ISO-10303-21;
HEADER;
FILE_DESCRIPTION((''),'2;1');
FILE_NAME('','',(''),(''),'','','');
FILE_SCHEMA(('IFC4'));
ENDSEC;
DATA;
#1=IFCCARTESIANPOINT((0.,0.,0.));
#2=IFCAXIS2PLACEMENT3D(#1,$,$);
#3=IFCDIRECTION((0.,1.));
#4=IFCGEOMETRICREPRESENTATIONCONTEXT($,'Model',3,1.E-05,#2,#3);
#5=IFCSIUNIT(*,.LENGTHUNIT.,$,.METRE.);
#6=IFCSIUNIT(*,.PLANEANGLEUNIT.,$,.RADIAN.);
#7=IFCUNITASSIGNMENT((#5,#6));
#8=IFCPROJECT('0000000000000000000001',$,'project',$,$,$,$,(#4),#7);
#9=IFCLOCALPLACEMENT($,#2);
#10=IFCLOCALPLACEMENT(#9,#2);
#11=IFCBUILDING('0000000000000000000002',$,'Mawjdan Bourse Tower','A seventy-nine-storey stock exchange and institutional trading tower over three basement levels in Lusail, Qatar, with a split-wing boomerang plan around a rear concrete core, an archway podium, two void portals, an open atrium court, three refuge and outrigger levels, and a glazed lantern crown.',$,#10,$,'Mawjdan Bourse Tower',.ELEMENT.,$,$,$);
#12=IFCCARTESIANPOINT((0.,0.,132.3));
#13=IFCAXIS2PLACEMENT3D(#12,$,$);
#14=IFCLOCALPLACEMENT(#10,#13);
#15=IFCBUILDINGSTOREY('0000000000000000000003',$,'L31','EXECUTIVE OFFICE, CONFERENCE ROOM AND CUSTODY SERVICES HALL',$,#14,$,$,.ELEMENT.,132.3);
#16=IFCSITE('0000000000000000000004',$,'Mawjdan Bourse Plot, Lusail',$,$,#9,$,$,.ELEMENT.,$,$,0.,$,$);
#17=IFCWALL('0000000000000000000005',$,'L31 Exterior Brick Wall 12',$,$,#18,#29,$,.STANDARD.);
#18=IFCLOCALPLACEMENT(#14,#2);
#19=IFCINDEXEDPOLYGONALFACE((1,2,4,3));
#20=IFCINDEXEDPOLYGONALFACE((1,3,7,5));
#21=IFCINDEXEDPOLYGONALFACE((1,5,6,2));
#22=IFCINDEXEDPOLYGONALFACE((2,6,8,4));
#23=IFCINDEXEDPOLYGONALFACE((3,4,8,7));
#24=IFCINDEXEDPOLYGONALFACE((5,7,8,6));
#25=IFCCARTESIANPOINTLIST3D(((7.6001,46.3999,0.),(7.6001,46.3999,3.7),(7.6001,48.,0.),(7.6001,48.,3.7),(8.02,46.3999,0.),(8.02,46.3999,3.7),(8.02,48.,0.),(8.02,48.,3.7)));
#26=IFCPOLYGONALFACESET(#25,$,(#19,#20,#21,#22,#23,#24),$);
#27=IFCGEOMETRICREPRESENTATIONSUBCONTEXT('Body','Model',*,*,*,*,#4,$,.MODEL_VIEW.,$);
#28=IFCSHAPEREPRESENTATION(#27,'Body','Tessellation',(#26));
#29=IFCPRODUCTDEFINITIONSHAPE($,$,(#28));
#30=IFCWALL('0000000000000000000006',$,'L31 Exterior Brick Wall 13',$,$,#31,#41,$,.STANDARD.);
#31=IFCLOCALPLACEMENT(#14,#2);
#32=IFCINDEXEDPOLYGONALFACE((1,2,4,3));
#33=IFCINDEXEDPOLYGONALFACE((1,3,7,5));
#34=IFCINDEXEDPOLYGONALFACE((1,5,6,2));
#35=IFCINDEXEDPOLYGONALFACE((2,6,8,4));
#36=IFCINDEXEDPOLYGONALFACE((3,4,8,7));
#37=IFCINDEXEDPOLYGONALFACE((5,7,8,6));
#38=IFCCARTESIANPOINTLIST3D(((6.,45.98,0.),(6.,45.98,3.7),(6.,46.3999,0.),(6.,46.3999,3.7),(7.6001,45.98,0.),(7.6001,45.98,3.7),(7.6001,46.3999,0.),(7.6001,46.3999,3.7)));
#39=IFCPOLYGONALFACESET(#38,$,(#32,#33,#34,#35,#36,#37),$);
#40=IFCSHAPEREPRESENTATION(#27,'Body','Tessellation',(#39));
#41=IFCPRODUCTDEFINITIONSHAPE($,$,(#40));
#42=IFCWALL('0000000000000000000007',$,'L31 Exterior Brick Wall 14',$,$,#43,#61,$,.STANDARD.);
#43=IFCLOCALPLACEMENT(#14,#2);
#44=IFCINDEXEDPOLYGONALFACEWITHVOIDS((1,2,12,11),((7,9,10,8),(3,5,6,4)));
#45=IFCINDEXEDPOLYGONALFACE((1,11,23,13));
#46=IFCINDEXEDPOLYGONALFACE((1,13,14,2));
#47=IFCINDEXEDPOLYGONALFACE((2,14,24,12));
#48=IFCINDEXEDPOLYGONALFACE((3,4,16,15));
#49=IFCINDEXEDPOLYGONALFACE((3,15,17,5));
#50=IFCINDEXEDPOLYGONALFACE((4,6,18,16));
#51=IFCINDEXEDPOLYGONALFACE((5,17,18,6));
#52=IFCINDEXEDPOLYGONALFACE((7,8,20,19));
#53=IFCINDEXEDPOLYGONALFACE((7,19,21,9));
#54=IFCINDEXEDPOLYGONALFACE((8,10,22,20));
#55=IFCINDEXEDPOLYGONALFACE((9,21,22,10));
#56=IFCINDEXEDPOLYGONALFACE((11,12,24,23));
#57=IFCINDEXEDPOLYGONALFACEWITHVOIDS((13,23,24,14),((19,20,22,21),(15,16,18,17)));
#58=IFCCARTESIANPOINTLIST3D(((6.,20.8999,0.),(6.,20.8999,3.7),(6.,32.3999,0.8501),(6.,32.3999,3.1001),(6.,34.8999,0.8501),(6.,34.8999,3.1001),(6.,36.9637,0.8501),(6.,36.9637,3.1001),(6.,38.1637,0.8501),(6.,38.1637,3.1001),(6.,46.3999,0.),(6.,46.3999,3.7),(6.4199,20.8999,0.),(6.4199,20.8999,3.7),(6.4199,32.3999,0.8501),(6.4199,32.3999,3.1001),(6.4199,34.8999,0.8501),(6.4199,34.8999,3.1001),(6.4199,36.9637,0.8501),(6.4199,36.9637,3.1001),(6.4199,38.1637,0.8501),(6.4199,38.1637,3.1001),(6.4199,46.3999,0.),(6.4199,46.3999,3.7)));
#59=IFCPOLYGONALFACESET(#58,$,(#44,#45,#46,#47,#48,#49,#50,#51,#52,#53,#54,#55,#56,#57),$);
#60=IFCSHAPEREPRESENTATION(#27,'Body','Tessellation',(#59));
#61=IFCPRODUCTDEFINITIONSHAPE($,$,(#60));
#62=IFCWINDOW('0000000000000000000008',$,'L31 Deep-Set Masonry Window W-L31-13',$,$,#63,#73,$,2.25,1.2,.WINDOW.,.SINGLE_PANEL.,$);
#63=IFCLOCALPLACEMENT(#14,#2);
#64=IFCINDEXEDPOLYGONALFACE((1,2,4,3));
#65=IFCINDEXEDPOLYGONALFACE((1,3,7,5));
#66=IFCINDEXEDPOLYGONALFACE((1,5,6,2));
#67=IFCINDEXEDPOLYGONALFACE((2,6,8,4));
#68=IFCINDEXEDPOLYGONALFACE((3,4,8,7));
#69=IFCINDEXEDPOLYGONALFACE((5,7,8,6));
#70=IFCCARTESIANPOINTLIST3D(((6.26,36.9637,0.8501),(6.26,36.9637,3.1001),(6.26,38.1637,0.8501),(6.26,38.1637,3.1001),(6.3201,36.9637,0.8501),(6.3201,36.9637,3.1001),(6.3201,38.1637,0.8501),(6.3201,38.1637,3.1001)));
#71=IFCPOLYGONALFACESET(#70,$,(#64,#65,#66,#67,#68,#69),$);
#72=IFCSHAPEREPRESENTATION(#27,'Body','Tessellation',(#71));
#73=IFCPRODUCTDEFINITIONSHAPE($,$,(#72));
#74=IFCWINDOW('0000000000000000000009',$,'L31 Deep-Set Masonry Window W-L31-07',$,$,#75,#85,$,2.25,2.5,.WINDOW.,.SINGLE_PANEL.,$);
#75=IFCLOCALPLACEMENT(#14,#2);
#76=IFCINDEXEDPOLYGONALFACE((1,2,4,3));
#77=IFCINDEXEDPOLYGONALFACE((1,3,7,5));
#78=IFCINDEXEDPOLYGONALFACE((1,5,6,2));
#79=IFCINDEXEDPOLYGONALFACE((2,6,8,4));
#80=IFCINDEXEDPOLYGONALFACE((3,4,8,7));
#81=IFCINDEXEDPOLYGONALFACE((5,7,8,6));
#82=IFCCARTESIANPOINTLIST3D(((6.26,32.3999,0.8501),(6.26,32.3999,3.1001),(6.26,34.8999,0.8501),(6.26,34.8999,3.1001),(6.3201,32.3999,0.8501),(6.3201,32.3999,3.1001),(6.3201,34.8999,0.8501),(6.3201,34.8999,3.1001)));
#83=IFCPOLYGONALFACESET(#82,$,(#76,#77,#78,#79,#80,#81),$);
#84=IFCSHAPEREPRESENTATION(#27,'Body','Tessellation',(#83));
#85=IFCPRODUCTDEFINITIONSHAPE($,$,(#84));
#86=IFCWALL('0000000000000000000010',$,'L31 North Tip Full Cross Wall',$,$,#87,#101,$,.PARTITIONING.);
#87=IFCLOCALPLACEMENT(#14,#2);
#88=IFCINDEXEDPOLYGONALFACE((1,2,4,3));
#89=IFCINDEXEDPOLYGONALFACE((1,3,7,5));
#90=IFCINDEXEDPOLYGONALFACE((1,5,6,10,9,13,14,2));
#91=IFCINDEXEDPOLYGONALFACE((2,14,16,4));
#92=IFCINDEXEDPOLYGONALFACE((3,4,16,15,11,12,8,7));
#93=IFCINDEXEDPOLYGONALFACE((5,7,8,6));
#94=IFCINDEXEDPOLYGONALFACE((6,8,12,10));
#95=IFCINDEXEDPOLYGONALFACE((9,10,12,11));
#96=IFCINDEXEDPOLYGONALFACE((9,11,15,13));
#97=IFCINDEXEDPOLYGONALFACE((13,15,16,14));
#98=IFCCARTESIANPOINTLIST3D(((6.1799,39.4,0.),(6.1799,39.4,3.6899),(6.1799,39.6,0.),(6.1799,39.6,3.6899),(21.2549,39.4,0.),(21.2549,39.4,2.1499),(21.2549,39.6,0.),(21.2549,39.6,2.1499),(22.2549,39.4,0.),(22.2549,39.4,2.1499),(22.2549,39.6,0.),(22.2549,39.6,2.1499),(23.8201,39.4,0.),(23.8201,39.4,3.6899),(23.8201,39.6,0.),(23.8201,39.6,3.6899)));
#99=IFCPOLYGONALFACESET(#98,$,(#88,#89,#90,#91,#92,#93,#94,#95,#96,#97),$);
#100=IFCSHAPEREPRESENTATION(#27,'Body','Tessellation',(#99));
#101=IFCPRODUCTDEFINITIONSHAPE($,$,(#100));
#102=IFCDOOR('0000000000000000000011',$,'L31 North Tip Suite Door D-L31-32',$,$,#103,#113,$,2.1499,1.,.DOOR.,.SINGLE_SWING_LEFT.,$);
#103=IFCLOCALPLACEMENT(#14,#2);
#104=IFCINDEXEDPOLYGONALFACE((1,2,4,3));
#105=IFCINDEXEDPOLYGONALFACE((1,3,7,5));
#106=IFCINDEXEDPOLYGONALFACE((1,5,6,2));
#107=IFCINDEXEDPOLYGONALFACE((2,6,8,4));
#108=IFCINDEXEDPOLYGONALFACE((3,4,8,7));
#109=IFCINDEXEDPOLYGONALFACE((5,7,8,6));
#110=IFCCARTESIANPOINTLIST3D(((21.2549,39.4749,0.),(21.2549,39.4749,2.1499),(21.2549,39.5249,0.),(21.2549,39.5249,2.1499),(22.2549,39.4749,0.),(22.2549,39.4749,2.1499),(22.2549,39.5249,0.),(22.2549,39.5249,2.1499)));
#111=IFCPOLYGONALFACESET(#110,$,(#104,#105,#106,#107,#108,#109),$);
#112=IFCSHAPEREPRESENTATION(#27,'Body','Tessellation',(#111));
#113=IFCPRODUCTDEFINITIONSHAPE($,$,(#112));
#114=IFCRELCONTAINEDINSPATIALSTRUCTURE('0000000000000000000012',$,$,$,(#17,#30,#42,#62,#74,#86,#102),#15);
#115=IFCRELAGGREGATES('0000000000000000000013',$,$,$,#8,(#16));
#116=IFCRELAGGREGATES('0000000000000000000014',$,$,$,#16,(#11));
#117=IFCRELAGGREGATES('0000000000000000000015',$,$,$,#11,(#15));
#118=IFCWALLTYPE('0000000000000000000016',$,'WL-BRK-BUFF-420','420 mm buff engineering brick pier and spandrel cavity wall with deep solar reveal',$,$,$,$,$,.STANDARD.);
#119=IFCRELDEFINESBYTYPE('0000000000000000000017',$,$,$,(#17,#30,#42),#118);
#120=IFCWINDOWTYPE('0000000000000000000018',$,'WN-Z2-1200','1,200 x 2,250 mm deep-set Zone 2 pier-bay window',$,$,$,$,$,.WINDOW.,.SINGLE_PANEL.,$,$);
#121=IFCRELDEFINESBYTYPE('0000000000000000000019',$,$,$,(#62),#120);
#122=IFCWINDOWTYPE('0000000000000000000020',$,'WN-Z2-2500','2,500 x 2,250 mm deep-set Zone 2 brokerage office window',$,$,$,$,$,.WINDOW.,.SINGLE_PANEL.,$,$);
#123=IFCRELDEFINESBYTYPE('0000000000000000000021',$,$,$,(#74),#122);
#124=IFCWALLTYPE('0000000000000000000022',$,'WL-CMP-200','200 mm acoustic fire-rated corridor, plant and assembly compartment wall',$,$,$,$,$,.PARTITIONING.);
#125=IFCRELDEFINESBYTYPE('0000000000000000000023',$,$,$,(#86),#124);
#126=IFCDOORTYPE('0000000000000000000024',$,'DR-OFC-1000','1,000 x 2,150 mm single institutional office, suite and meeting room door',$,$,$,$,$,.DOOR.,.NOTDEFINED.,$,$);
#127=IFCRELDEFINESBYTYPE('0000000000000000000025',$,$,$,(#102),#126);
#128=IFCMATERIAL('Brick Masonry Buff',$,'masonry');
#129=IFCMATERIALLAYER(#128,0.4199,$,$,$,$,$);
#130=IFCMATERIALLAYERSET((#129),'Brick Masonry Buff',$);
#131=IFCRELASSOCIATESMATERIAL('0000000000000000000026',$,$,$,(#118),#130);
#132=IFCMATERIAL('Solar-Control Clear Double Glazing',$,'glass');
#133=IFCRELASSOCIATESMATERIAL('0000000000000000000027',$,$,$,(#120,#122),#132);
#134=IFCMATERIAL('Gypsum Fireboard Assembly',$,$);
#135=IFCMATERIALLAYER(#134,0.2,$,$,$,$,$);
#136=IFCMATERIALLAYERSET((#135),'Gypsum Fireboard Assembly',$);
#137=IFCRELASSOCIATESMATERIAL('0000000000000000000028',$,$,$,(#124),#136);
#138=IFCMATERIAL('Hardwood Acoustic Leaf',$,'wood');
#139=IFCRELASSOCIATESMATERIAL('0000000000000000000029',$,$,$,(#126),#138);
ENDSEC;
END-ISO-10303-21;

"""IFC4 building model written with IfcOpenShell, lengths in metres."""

from ifc_helpers import new_model, si_unit, direction, frame, frame_2d, origin, place, context, subcontext, project, spatial, rectangle, extrude, material, layer, layer_set, type_object, element, fill, save


model = new_model("IFC4")

# Units and contexts
model_context = context("Model", 3, precision=1e-05, world=origin(), true_north=direction((0.0, 1.0)))
body_context = subcontext(model_context, "Body", "Model", "MODEL_VIEW")
ifc_project = project(units=[si_unit("LENGTHUNIT", "METRE"), si_unit("PLANEANGLEUNIT", "RADIAN")], contexts=[model_context])

# Site, building, storey
site_placement = place(None, origin())
site = spatial("IfcSite", under=ifc_project, at=site_placement, Name="Mawjdan Bourse Plot, Lusail", CompositionType="ELEMENT", RefElevation=0.0)
building_placement = place(site_placement, origin())
building = spatial("IfcBuilding", under=site, at=building_placement, Name="Mawjdan Bourse Tower", Description="A seventy-nine-storey stock exchange and institutional trading tower over three basement levels in Lusail, Qatar, with a split-wing boomerang plan around a rear concrete core, an archway podium, two void portals, an open atrium court, three refuge and outrigger levels, and a glazed lantern crown.", LongName="Mawjdan Bourse Tower", CompositionType="ELEMENT")
storey_placement = place(building_placement, frame((0.0, 0.0, 132.3)))
storey = spatial("IfcBuildingStorey", under=building, at=storey_placement, Name="L31", Description="EXECUTIVE OFFICE, CONFERENCE ROOM AND CUSTODY SERVICES HALL", CompositionType="ELEMENT", Elevation=132.3)

# Walls
ifc_material_1 = material(Name="Brick Masonry Buff", Category="masonry")
ifc_layer_1 = layer(ifc_material_1, 0.4199)
ifc_layer_set_1 = layer_set([ifc_layer_1], Name="Brick Masonry Buff")
wall_type_1 = type_object("IfcWallType", Name="WL-BRK-BUFF-420", Description="420 mm buff engineering brick pier and spandrel cavity wall with deep solar reveal", PredefinedType="STANDARD", material=ifc_layer_set_1)
for number, where, z_axis, x_axis, name in (
    (1, (7.8101, 48.0, 0.0), (0.0, 0.0, 1.0), (0.0, -1.0, 0.0), "L31 Exterior Brick Wall 12"),
    (2, (7.6001, 46.1899, 0.0), (0.0, 0.0, 1.0), (-1.0, 0.0, 0.0), "L31 Exterior Brick Wall 13"),
):
    element("IfcWall", number, at=place(storey_placement, frame(where, z_axis=z_axis, x_axis=x_axis)), inside=storey, type_object=wall_type_1, Name=name, PredefinedType="STANDARD", context=body_context, shape_type="SweptSolid", body=[
        extrude(rectangle(XDim=1.6001, YDim=0.4199, at=frame_2d((0.8, 0.0))), origin(), (0.0, 0.0, 1.0), 3.7),
    ])

# Wall, openings, windows
wall_1_placement = place(storey_placement, frame((6.21, 46.3999, 0.0), z_axis=(0.0, 0.0, 1.0), x_axis=(0.0, -1.0, 0.0)))
wall_1 = element("IfcWall", 3, at=wall_1_placement, inside=storey, type_object=wall_type_1, Name="L31 Exterior Brick Wall 14", PredefinedType="STANDARD", context=body_context, shape_type="SweptSolid", body=[
    extrude(rectangle(XDim=25.5, YDim=0.4199, at=frame_2d((12.75, 0.0))), origin(), (0.0, 0.0, 1.0), 3.7),
])
opening_1_placement = place(wall_1_placement, frame((11.5, 0.0, 0.8501)))
opening_1 = element("IfcOpeningElement", 4, at=opening_1_placement, cuts=wall_1, PredefinedType="OPENING", context=body_context, shape_type="SweptSolid", body=[
    extrude(rectangle(XDim=2.5, YDim=2.25, at=frame_2d((1.25, 1.125))), frame((0.0, 0.22, 0.0), z_axis=(0.0, -1.0, 0.0), x_axis=(1.0, 0.0, 0.0)), (0.0, 0.0, 1.0), 0.4399),
])
opening_2_placement = place(wall_1_placement, frame((8.2361, 0.0, 0.8501)))
opening_2 = element("IfcOpeningElement", 5, at=opening_2_placement, cuts=wall_1, PredefinedType="OPENING", context=body_context, shape_type="SweptSolid", body=[
    extrude(rectangle(XDim=1.2, YDim=2.25, at=frame_2d((0.6001, 1.125))), frame((0.0, 0.22, 0.0), z_axis=(0.0, -1.0, 0.0), x_axis=(1.0, 0.0, 0.0)), (0.0, 0.0, 1.0), 0.4399),
])
ifc_material_2 = material(Name="Solar-Control Clear Double Glazing", Category="glass")
window_type_1 = type_object("IfcWindowType", Name="WN-Z2-1200", Description="1,200 x 2,250 mm deep-set Zone 2 pier-bay window", PartitioningType="SINGLE_PANEL", PredefinedType="WINDOW", material=ifc_material_2)
window_1_placement = place(opening_2_placement, origin())
window_1 = element("IfcWindow", 6, at=window_1_placement, inside=storey, type_object=window_type_1, Name="L31 Deep-Set Masonry Window W-L31-13", OverallHeight=2.25, OverallWidth=1.2, PartitioningType="SINGLE_PANEL", PredefinedType="WINDOW", context=body_context, shape_type="SweptSolid", body=[
    extrude(rectangle(XDim=1.2, YDim=2.25, at=frame_2d((0.6001, 1.125))), frame((0.0, 0.1101, 0.0), z_axis=(0.0, -1.0, 0.0), x_axis=(1.0, 0.0, 0.0)), (0.0, 0.0, 1.0), 0.0601),
])
fill(opening_2, window_1)
window_type_2 = type_object("IfcWindowType", Name="WN-Z2-2500", Description="2,500 x 2,250 mm deep-set Zone 2 brokerage office window", PartitioningType="SINGLE_PANEL", PredefinedType="WINDOW", material=ifc_material_2)
window_2_placement = place(opening_1_placement, origin())
window_2 = element("IfcWindow", 7, at=window_2_placement, inside=storey, type_object=window_type_2, Name="L31 Deep-Set Masonry Window W-L31-07", OverallHeight=2.25, OverallWidth=2.5, PartitioningType="SINGLE_PANEL", PredefinedType="WINDOW", context=body_context, shape_type="SweptSolid", body=[
    extrude(rectangle(XDim=2.5, YDim=2.25, at=frame_2d((1.25, 1.125))), frame((0.0, 0.1101, 0.0), z_axis=(0.0, -1.0, 0.0), x_axis=(1.0, 0.0, 0.0)), (0.0, 0.0, 1.0), 0.0601),
])
fill(opening_1, window_2)

# Wall, opening, door
ifc_material_3 = material(Name="Gypsum Fireboard Assembly")
ifc_layer_2 = layer(ifc_material_3, 0.2)
ifc_layer_set_2 = layer_set([ifc_layer_2], Name="Gypsum Fireboard Assembly")
wall_type_2 = type_object("IfcWallType", Name="WL-CMP-200", Description="200 mm acoustic fire-rated corridor, plant and assembly compartment wall", PredefinedType="PARTITIONING", material=ifc_layer_set_2)
wall_2_placement = place(storey_placement, frame((6.1799, 39.5, 0.0), z_axis=(0.0, 0.0, 1.0), x_axis=(1.0, 0.0, 0.0)))
wall_2 = element("IfcWall", 8, at=wall_2_placement, inside=storey, type_object=wall_type_2, Name="L31 North Tip Full Cross Wall", PredefinedType="PARTITIONING", context=body_context, shape_type="SweptSolid", body=[
    extrude(rectangle(XDim=17.6401, YDim=0.2, at=frame_2d((8.8201, 0.0))), origin(), (0.0, 0.0, 1.0), 3.6899),
])
opening_3_placement = place(wall_2_placement, frame((15.075, 0.0, 0.0)))
opening_3 = element("IfcOpeningElement", 9, at=opening_3_placement, cuts=wall_2, PredefinedType="OPENING", context=body_context, shape_type="SweptSolid", body=[
    extrude(rectangle(XDim=1.0, YDim=2.1499, at=frame_2d((0.5, 1.075))), frame((0.0, 0.1099, 0.0), z_axis=(0.0, -1.0, 0.0), x_axis=(1.0, 0.0, 0.0)), (0.0, 0.0, 1.0), 0.22),
])
ifc_material_4 = material(Name="Hardwood Acoustic Leaf", Category="wood")
door_type = type_object("IfcDoorType", Name="DR-OFC-1000", Description="1,000 x 2,150 mm single institutional office, suite and meeting room door", OperationType="NOTDEFINED", PredefinedType="DOOR", material=ifc_material_4)
door_placement = place(opening_3_placement, origin())
door = element("IfcDoor", 10, at=door_placement, inside=storey, type_object=door_type, Name="L31 North Tip Suite Door D-L31-32", OperationType="SINGLE_SWING_LEFT", OverallHeight=2.1499, OverallWidth=1.0, PredefinedType="DOOR", context=body_context, shape_type="SweptSolid", body=[
    extrude(rectangle(XDim=1.0, YDim=2.1499, at=frame_2d((0.5, 1.075))), frame((0.0, 0.0249, 0.0), z_axis=(0.0, -1.0, 0.0), x_axis=(1.0, 0.0, 0.0)), (0.0, 0.0, 1.0), 0.05),
])
fill(opening_3, door)

save(model, "model.ifc")
